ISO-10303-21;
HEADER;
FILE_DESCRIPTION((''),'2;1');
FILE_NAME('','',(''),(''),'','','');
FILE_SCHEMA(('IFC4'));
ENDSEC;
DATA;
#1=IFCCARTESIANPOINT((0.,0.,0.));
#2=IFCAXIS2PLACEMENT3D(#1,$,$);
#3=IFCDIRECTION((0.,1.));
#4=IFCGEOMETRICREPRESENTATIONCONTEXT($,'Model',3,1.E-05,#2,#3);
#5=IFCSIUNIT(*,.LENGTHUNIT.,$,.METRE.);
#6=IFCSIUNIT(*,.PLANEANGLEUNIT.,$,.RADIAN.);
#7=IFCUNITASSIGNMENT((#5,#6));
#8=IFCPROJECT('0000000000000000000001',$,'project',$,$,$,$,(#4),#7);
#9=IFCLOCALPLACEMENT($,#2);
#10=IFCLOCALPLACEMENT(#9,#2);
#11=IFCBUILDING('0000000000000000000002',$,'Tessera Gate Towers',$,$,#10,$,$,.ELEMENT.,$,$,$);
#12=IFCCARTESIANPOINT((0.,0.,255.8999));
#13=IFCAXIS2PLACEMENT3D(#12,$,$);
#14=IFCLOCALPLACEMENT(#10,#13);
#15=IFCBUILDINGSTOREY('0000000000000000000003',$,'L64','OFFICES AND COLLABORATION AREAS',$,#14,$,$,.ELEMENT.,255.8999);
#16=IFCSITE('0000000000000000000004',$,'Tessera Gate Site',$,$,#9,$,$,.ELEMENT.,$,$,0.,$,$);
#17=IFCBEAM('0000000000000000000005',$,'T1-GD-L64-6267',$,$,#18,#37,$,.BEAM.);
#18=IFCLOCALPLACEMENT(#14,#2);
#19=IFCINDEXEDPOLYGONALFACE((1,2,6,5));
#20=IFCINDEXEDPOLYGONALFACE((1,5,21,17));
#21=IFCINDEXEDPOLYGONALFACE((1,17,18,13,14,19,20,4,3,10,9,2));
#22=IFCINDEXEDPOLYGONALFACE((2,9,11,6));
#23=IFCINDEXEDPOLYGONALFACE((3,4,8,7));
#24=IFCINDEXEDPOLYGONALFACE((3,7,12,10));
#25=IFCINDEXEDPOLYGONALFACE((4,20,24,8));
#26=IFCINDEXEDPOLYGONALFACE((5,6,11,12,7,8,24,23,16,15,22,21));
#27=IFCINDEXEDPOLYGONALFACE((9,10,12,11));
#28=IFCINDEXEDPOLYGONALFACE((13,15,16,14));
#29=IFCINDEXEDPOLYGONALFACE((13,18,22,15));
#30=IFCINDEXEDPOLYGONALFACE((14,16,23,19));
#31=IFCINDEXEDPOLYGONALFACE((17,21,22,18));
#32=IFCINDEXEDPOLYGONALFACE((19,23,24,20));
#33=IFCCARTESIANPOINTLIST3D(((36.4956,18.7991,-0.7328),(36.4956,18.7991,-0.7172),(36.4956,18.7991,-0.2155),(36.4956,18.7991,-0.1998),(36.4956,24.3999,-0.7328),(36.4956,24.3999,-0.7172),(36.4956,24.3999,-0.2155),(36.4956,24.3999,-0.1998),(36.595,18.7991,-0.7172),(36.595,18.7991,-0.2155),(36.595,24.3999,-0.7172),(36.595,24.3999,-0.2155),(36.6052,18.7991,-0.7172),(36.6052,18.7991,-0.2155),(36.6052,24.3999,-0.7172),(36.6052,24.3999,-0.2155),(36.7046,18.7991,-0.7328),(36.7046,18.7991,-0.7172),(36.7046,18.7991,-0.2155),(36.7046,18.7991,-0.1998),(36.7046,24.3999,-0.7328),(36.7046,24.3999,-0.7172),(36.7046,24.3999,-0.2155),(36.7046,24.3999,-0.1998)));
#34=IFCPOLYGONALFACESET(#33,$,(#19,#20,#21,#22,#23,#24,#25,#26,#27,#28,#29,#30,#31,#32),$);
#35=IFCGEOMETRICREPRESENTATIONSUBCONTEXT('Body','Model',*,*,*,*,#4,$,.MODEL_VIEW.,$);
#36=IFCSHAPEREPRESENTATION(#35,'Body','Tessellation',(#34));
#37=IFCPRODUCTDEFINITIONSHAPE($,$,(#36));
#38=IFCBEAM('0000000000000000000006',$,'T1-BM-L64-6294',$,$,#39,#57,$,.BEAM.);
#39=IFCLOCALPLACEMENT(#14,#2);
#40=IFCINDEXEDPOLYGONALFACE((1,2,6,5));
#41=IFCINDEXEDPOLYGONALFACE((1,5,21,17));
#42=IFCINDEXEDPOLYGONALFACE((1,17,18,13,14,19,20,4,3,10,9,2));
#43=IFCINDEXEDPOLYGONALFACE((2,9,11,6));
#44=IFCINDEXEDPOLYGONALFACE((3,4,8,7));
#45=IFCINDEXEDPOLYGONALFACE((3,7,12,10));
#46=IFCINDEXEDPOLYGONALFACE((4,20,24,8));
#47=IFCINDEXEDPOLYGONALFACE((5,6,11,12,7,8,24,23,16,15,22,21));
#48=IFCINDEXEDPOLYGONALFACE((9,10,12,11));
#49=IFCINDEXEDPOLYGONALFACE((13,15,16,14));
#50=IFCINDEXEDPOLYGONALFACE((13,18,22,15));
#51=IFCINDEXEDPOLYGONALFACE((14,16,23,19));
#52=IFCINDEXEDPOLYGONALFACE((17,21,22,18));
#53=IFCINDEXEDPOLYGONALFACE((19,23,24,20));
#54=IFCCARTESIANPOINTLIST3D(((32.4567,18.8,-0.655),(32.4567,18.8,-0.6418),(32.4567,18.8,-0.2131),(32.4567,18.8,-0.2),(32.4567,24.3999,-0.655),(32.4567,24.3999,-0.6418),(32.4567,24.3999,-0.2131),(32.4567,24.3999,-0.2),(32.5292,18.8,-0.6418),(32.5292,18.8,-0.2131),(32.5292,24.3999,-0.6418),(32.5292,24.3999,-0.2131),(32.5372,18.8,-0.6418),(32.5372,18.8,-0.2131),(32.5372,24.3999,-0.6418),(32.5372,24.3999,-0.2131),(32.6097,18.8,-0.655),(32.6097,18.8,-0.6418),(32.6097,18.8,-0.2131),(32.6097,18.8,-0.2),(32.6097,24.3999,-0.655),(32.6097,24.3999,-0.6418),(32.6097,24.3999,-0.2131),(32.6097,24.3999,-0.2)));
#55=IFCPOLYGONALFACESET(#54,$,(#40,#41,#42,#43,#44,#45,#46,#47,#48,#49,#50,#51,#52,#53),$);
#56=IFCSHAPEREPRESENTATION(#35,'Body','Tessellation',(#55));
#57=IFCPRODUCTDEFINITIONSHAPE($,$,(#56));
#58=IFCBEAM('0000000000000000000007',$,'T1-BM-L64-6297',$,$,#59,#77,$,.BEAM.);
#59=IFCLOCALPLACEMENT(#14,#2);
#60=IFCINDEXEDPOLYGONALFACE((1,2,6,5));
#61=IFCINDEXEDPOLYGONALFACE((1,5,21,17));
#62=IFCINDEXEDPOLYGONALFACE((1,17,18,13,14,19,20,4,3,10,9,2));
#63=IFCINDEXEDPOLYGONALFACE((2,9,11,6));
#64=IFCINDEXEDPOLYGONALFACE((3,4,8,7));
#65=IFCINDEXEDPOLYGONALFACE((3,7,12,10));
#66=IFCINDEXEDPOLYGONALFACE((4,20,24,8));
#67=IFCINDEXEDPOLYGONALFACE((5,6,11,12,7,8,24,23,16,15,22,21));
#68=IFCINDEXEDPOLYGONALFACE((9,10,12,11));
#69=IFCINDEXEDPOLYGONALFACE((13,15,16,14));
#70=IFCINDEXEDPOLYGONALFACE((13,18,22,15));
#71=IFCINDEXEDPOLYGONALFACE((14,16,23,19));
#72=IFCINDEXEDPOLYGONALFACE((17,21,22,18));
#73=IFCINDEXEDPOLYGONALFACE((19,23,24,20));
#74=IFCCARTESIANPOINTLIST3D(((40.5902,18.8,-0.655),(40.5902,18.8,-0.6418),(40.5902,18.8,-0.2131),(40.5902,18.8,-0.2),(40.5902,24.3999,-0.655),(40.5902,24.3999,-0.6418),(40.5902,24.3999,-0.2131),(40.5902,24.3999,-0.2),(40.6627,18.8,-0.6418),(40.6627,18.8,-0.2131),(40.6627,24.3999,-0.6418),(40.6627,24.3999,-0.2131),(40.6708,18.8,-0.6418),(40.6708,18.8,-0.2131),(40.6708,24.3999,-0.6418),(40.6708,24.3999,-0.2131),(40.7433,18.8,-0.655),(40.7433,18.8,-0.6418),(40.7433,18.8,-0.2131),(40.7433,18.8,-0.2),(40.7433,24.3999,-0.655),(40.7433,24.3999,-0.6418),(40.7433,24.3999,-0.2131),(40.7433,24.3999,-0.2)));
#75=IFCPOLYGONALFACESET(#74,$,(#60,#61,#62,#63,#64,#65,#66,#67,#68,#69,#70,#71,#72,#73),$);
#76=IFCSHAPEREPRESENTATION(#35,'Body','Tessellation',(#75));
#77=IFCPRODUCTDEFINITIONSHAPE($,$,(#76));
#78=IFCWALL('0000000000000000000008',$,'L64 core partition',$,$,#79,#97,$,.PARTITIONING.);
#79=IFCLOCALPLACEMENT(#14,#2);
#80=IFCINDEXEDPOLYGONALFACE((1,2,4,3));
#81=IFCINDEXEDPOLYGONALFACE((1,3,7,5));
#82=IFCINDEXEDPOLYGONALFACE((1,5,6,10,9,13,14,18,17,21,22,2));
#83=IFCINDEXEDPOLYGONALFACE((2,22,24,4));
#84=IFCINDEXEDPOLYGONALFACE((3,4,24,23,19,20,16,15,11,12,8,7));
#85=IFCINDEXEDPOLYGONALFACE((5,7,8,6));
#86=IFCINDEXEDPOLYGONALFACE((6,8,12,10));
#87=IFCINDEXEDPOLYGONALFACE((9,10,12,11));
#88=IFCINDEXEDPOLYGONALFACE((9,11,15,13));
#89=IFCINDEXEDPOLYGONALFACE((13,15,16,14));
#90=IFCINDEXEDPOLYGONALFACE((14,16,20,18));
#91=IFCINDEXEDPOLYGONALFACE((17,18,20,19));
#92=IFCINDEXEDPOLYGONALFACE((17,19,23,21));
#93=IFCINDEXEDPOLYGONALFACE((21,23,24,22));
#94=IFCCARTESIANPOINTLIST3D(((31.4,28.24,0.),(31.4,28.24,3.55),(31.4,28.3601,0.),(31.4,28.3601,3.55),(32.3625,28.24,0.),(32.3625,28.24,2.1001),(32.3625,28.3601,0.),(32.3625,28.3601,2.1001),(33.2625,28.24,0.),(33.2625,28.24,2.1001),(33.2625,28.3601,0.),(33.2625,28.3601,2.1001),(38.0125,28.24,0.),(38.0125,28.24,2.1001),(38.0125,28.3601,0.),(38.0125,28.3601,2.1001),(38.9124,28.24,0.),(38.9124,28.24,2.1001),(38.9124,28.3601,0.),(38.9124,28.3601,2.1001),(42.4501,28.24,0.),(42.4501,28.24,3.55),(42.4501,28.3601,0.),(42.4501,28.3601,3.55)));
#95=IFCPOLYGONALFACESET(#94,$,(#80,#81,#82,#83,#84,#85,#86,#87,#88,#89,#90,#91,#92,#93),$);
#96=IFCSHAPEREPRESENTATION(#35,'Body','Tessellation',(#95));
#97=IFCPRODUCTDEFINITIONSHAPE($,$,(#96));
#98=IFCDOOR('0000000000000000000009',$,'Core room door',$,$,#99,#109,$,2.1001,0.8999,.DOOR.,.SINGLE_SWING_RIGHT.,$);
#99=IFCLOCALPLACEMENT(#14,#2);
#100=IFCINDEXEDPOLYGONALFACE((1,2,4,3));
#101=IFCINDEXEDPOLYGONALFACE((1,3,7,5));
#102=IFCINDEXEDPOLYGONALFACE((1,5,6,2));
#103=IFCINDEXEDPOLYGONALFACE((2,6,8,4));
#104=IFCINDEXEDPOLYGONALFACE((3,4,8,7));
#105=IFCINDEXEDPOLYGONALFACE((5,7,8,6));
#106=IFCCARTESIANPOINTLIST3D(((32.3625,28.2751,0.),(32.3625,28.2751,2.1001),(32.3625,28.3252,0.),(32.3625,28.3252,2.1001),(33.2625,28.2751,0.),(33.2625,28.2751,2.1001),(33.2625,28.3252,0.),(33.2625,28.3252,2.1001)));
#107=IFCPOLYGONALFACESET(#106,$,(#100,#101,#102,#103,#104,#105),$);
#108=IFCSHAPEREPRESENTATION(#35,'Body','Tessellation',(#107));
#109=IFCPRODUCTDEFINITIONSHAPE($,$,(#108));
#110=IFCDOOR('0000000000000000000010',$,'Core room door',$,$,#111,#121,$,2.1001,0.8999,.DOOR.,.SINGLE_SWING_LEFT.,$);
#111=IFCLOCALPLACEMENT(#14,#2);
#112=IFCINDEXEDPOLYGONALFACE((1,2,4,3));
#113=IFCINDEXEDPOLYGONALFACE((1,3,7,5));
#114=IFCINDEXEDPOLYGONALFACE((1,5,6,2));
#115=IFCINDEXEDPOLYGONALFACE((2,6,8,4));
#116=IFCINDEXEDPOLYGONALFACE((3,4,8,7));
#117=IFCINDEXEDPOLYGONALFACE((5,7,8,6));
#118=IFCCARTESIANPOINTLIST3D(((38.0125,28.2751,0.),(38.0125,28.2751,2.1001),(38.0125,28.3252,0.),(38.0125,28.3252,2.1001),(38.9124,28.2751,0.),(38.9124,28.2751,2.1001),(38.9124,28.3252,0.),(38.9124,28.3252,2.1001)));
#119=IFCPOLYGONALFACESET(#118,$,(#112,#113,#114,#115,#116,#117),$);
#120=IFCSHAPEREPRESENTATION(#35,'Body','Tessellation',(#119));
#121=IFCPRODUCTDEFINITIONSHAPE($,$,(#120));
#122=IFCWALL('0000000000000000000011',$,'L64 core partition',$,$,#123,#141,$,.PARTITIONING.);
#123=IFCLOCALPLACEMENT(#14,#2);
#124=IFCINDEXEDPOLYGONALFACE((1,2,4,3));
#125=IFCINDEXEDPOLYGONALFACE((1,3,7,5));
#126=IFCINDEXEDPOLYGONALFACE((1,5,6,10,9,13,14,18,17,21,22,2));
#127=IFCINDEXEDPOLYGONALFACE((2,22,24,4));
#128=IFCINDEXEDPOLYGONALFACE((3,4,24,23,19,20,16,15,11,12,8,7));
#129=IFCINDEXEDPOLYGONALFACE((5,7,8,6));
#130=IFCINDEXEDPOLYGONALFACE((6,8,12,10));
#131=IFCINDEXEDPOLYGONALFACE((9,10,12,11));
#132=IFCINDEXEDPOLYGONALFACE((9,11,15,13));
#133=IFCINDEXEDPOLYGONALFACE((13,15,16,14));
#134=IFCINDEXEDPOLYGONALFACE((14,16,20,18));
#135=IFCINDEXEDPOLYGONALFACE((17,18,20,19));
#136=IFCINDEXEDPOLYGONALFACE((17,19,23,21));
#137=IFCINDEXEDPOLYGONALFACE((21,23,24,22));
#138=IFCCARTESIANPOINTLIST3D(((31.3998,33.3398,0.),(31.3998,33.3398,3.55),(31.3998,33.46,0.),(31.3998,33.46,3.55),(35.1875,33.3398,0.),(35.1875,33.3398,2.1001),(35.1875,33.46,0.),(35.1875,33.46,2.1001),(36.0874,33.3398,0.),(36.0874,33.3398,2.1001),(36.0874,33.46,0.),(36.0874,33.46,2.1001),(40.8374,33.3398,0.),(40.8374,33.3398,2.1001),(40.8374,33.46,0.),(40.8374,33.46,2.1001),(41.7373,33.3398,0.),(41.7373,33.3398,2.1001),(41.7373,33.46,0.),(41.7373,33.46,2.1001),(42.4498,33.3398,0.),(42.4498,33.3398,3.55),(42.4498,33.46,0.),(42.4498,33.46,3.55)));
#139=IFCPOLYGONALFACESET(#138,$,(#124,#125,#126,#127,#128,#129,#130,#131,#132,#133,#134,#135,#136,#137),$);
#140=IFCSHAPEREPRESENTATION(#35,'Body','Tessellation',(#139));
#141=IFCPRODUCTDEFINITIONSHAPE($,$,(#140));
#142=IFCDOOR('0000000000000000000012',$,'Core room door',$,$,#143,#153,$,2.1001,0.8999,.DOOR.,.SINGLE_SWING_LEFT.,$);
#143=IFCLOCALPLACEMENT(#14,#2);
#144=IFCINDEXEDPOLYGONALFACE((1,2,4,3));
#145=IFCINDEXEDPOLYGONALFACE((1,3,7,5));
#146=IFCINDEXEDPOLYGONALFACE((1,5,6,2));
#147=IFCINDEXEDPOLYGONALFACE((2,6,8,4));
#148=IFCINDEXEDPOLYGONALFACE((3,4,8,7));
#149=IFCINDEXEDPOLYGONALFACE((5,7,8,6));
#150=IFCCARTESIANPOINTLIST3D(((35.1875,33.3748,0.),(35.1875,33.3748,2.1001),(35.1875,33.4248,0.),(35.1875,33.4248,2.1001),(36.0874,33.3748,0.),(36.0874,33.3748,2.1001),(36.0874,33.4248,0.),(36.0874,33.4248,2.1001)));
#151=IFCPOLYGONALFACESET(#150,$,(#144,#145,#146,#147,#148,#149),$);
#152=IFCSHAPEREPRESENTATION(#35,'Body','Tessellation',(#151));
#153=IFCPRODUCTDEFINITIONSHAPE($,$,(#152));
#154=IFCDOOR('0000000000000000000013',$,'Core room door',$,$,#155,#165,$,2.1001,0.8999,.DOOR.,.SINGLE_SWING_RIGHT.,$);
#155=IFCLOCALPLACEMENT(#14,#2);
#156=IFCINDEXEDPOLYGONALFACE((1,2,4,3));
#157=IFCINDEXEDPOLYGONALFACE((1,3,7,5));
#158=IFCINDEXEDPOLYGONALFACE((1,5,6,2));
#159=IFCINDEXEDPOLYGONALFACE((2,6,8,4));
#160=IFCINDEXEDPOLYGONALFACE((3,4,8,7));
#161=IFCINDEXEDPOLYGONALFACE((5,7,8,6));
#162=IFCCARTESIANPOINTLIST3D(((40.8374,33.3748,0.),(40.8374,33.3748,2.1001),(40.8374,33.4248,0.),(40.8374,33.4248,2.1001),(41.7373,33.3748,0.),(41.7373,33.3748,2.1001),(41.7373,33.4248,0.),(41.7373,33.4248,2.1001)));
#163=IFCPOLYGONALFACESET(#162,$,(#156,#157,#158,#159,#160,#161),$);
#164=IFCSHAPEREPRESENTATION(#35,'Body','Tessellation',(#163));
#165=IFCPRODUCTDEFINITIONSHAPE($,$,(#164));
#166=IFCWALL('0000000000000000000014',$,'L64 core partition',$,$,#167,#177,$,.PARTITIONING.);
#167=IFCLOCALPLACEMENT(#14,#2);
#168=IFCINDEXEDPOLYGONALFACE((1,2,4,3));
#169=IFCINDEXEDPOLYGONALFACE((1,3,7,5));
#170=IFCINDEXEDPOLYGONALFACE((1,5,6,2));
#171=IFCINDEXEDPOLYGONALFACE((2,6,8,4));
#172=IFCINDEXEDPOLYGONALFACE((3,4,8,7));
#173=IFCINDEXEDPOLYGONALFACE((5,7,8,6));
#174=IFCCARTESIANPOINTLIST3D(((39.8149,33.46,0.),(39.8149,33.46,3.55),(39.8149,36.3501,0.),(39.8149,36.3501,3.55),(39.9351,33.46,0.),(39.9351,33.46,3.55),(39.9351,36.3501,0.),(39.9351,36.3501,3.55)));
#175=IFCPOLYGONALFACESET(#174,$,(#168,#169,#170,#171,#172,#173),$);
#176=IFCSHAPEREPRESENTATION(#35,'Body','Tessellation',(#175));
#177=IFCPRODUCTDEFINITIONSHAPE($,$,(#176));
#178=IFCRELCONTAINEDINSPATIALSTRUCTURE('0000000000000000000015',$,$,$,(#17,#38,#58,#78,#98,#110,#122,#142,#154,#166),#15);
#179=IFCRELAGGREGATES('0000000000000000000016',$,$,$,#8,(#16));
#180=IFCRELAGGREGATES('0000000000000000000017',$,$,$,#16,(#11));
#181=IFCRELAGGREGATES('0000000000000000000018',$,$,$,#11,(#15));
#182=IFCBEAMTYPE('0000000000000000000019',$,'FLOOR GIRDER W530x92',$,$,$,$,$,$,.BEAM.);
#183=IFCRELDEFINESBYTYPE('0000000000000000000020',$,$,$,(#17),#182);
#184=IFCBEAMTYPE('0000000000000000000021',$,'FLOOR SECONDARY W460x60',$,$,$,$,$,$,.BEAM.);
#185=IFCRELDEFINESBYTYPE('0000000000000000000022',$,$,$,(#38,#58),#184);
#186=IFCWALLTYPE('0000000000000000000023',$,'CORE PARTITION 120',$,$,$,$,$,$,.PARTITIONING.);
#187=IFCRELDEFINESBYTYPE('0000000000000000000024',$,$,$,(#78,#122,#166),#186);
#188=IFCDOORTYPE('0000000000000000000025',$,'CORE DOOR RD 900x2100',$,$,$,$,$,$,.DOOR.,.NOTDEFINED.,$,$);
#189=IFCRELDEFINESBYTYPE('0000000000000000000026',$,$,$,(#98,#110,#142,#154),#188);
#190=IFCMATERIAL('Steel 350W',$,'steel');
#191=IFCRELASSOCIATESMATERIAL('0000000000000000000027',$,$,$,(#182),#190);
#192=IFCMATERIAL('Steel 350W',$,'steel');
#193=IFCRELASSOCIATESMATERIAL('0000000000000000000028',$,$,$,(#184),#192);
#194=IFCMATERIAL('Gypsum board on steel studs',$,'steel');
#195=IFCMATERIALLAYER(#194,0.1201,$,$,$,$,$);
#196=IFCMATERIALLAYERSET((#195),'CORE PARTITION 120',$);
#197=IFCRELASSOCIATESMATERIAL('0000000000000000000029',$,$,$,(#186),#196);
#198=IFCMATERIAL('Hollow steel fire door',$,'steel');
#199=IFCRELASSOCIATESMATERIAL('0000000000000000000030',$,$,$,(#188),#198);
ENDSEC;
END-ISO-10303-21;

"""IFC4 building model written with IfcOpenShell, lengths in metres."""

from ifc_helpers import new_model, si_unit, direction, frame, frame_2d, origin, origin_2d, place, context, subcontext, project, spatial, rectangle, i_section, extrude, source, transform, mapped, material, layer, layer_set, material_profile, profile_set, type_object, element, fill, save


model = new_model("IFC4")

# Units and contexts
model_context = context("Model", 3, precision=1e-05, world=origin(), true_north=direction((0.0, 1.0)))
body_context = subcontext(model_context, "Body", "Model", "MODEL_VIEW")
ifc_project = project(units=[si_unit("LENGTHUNIT", "METRE"), si_unit("PLANEANGLEUNIT", "RADIAN")], contexts=[model_context])

# Site, building, storey
site_placement = place(None, origin())
site = spatial("IfcSite", under=ifc_project, at=site_placement, Name="Tessera Gate Site", CompositionType="ELEMENT", RefElevation=0.0)
building_placement = place(site_placement, origin())
building = spatial("IfcBuilding", under=site, at=building_placement, Name="Tessera Gate Towers", CompositionType="ELEMENT")
storey_placement = place(building_placement, frame((0.0, 0.0, 255.8999)))
storey = spatial("IfcBuildingStorey", under=building, at=storey_placement, Name="L64", Description="OFFICES AND COLLABORATION AREAS", CompositionType="ELEMENT", Elevation=255.8999)

# Beams
ifc_material_1 = material(Name="Steel 350W", Category="steel")
ifc_material_profile_1 = material_profile(ifc_material_1, i_section(OverallWidth=0.209, OverallDepth=0.533, WebThickness=0.0103, FlangeThickness=0.0156, at=origin_2d()), Name="W530x92")
ifc_profile_set_1 = profile_set([ifc_material_profile_1], Name="Steel 350W")
beam_type_1 = type_object("IfcBeamType", Name="FLOOR GIRDER W530x92", PredefinedType="BEAM", material=ifc_profile_set_1)
beam_placement = place(storey_placement, frame((36.6001, 18.7991, -0.4663), z_axis=(0.0, 1.0, 0.0), x_axis=(-1.0, 0.0, 0.0)))
element("IfcBeam", 1, at=beam_placement, inside=storey, type_object=beam_type_1, Name="T1-GD-L64-6267", PredefinedType="BEAM", context=body_context, shape_type="SweptSolid", body=[
    extrude(i_section(OverallWidth=0.209, OverallDepth=0.533, WebThickness=0.0103, FlangeThickness=0.0156, at=origin_2d()), origin(), (0.0, 0.0, 1.0), 5.6008),
])
ifc_material_2 = material(Name="Steel 350W", Category="steel")
ifc_material_profile_2 = material_profile(ifc_material_2, i_section(OverallWidth=0.1531, OverallDepth=0.4551, WebThickness=0.0081, FlangeThickness=0.0132, at=origin_2d()), Name="W460x60")
ifc_profile_set_2 = profile_set([ifc_material_profile_2], Name="Steel 350W")
beam_type_2 = type_object("IfcBeamType", Name="FLOOR SECONDARY W460x60", PredefinedType="BEAM", material=ifc_profile_set_2)
for number, where, z_axis, x_axis, name in (
    (2, (32.5332, 18.8, -0.4275), (0.0, 1.0, 0.0), (-1.0, 0.0, 0.0), "T1-BM-L64-6294"),
    (3, (40.6667, 18.8, -0.4275), (0.0, 1.0, 0.0), (-1.0, 0.0, 0.0), "T1-BM-L64-6297"),
):
    element("IfcBeam", number, at=place(storey_placement, frame(where, z_axis=z_axis, x_axis=x_axis)), inside=storey, type_object=beam_type_2, Name=name, PredefinedType="BEAM", context=body_context, shape_type="SweptSolid", body=[
        extrude(i_section(OverallWidth=0.1531, OverallDepth=0.4551, WebThickness=0.0081, FlangeThickness=0.0132, at=origin_2d()), origin(), (0.0, 0.0, 1.0), 5.5999),
    ])

# Walls, openings, doors
ifc_material_3 = material(Name="Gypsum board on steel studs", Category="steel")
ifc_layer_1 = layer(ifc_material_3, 0.1201)
ifc_layer_set_1 = layer_set([ifc_layer_1], Name="CORE PARTITION 120")
wall_type_1 = type_object("IfcWallType", Name="CORE PARTITION 120", PredefinedType="PARTITIONING", material=ifc_layer_set_1)
wall_1_placement = place(storey_placement, frame((42.45, 28.3, 0.0), z_axis=(0.0, 0.0, 1.0), x_axis=(-1.0, 0.0, 0.0)))
wall_1 = element("IfcWall", 4, at=wall_1_placement, inside=storey, type_object=wall_type_1, Name="L64 core partition", PredefinedType="PARTITIONING", context=body_context, shape_type="SweptSolid", body=[
    extrude(rectangle(XDim=11.05, YDim=0.1201, at=frame_2d((5.5249, 0.0))), origin(), (0.0, 0.0, 1.0), 3.55),
])
shared_shape_1 = source(origin(), body_context, "Body", "SweptSolid", [
    extrude(rectangle(XDim=0.8999, YDim=2.1001, at=frame_2d((0.45, 1.05))), frame((0.0, 0.0701, 0.0), z_axis=(0.0, -1.0, 0.0), x_axis=(1.0, 0.0, 0.0)), (0.0, 0.0, 1.0), 0.1401),
])
opening_1_placement = place(wall_1_placement, frame((9.1875, 0.0, 0.0)))
opening_1 = element("IfcOpeningElement", 5, at=opening_1_placement, cuts=wall_1, PredefinedType="OPENING", context=body_context, shape_type="MappedRepresentation", body=[
    mapped(shared_shape_1, transform((0.0, 0.0, 0.0), scale=1.0)),
])
opening_2_placement = place(wall_1_placement, frame((3.5376, 0.0, 0.0)))
opening_2 = element("IfcOpeningElement", 6, at=opening_2_placement, cuts=wall_1, PredefinedType="OPENING", context=body_context, shape_type="MappedRepresentation", body=[
    mapped(shared_shape_1, transform((0.0, 0.0, 0.0), scale=1.0)),
])
ifc_material_4 = material(Name="Hollow steel fire door", Category="steel")
door_type_1 = type_object("IfcDoorType", Name="CORE DOOR RD 900x2100", OperationType="NOTDEFINED", PredefinedType="DOOR", material=ifc_material_4)
shared_shape_2 = source(origin(), body_context, "Body", "SweptSolid", [
    extrude(rectangle(XDim=0.8999, YDim=2.1001, at=frame_2d((0.45, 1.05))), frame((0.0, 0.0249, 0.0), z_axis=(0.0, -1.0, 0.0), x_axis=(1.0, 0.0, 0.0)), (0.0, 0.0, 1.0), 0.05),
])
door_1_placement = place(opening_1_placement, origin())
door_1 = element("IfcDoor", 7, at=door_1_placement, inside=storey, type_object=door_type_1, Name="Core room door", OperationType="SINGLE_SWING_RIGHT", OverallHeight=2.1001, OverallWidth=0.8999, PredefinedType="DOOR", context=body_context, shape_type="MappedRepresentation", body=[
    mapped(shared_shape_2, transform((0.0, 0.0, 0.0), scale=1.0)),
])
fill(opening_1, door_1)
door_2_placement = place(opening_2_placement, origin())
door_2 = element("IfcDoor", 8, at=door_2_placement, inside=storey, type_object=door_type_1, Name="Core room door", OperationType="SINGLE_SWING_LEFT", OverallHeight=2.1001, OverallWidth=0.8999, PredefinedType="DOOR", context=body_context, shape_type="MappedRepresentation", body=[
    mapped(shared_shape_2, transform((0.0, 0.0, 0.0), scale=1.0)),
])
fill(opening_2, door_2)
wall_2_placement = place(storey_placement, frame((31.3999, 33.3999, 0.0), z_axis=(0.0, 0.0, 1.0), x_axis=(1.0, 0.0, 0.0)))
wall_2 = element("IfcWall", 9, at=wall_2_placement, inside=storey, type_object=wall_type_1, Name="L64 core partition", PredefinedType="PARTITIONING", context=body_context, shape_type="SweptSolid", body=[
    extrude(rectangle(XDim=11.05, YDim=0.1201, at=frame_2d((5.5249, 0.0))), origin(), (0.0, 0.0, 1.0), 3.55),
])
opening_3_placement = place(wall_2_placement, frame((3.7876, 0.0, 0.0)))
opening_3 = element("IfcOpeningElement", 10, at=opening_3_placement, cuts=wall_2, PredefinedType="OPENING", context=body_context, shape_type="MappedRepresentation", body=[
    mapped(shared_shape_1, transform((0.0, 0.0, 0.0), scale=1.0)),
])
opening_4_placement = place(wall_2_placement, frame((9.4375, 0.0, 0.0)))
opening_4 = element("IfcOpeningElement", 11, at=opening_4_placement, cuts=wall_2, PredefinedType="OPENING", context=body_context, shape_type="MappedRepresentation", body=[
    mapped(shared_shape_1, transform((0.0, 0.0, 0.0), scale=1.0)),
])
door_3_placement = place(opening_3_placement, origin())
door_3 = element("IfcDoor", 12, at=door_3_placement, inside=storey, type_object=door_type_1, Name="Core room door", OperationType="SINGLE_SWING_LEFT", OverallHeight=2.1001, OverallWidth=0.8999, PredefinedType="DOOR", context=body_context, shape_type="MappedRepresentation", body=[
    mapped(shared_shape_2, transform((0.0, 0.0, 0.0), scale=1.0)),
])
fill(opening_3, door_3)
door_4_placement = place(opening_4_placement, origin())
door_4 = element("IfcDoor", 13, at=door_4_placement, inside=storey, type_object=door_type_1, Name="Core room door", OperationType="SINGLE_SWING_RIGHT", OverallHeight=2.1001, OverallWidth=0.8999, PredefinedType="DOOR", context=body_context, shape_type="MappedRepresentation", body=[
    mapped(shared_shape_2, transform((0.0, 0.0, 0.0), scale=1.0)),
])
fill(opening_4, door_4)

# Wall
wall_3_placement = place(storey_placement, frame((39.875, 33.46, 0.0), z_axis=(0.0, 0.0, 1.0), x_axis=(0.0, 1.0, 0.0)))
element("IfcWall", 14, at=wall_3_placement, inside=storey, type_object=wall_type_1, Name="L64 core partition", PredefinedType="PARTITIONING", context=body_context, shape_type="SweptSolid", body=[
    extrude(rectangle(XDim=2.8901, YDim=0.1201, at=frame_2d((1.4451, 0.0))), origin(), (0.0, 0.0, 1.0), 3.55),
])

save(model, "model.ifc")
